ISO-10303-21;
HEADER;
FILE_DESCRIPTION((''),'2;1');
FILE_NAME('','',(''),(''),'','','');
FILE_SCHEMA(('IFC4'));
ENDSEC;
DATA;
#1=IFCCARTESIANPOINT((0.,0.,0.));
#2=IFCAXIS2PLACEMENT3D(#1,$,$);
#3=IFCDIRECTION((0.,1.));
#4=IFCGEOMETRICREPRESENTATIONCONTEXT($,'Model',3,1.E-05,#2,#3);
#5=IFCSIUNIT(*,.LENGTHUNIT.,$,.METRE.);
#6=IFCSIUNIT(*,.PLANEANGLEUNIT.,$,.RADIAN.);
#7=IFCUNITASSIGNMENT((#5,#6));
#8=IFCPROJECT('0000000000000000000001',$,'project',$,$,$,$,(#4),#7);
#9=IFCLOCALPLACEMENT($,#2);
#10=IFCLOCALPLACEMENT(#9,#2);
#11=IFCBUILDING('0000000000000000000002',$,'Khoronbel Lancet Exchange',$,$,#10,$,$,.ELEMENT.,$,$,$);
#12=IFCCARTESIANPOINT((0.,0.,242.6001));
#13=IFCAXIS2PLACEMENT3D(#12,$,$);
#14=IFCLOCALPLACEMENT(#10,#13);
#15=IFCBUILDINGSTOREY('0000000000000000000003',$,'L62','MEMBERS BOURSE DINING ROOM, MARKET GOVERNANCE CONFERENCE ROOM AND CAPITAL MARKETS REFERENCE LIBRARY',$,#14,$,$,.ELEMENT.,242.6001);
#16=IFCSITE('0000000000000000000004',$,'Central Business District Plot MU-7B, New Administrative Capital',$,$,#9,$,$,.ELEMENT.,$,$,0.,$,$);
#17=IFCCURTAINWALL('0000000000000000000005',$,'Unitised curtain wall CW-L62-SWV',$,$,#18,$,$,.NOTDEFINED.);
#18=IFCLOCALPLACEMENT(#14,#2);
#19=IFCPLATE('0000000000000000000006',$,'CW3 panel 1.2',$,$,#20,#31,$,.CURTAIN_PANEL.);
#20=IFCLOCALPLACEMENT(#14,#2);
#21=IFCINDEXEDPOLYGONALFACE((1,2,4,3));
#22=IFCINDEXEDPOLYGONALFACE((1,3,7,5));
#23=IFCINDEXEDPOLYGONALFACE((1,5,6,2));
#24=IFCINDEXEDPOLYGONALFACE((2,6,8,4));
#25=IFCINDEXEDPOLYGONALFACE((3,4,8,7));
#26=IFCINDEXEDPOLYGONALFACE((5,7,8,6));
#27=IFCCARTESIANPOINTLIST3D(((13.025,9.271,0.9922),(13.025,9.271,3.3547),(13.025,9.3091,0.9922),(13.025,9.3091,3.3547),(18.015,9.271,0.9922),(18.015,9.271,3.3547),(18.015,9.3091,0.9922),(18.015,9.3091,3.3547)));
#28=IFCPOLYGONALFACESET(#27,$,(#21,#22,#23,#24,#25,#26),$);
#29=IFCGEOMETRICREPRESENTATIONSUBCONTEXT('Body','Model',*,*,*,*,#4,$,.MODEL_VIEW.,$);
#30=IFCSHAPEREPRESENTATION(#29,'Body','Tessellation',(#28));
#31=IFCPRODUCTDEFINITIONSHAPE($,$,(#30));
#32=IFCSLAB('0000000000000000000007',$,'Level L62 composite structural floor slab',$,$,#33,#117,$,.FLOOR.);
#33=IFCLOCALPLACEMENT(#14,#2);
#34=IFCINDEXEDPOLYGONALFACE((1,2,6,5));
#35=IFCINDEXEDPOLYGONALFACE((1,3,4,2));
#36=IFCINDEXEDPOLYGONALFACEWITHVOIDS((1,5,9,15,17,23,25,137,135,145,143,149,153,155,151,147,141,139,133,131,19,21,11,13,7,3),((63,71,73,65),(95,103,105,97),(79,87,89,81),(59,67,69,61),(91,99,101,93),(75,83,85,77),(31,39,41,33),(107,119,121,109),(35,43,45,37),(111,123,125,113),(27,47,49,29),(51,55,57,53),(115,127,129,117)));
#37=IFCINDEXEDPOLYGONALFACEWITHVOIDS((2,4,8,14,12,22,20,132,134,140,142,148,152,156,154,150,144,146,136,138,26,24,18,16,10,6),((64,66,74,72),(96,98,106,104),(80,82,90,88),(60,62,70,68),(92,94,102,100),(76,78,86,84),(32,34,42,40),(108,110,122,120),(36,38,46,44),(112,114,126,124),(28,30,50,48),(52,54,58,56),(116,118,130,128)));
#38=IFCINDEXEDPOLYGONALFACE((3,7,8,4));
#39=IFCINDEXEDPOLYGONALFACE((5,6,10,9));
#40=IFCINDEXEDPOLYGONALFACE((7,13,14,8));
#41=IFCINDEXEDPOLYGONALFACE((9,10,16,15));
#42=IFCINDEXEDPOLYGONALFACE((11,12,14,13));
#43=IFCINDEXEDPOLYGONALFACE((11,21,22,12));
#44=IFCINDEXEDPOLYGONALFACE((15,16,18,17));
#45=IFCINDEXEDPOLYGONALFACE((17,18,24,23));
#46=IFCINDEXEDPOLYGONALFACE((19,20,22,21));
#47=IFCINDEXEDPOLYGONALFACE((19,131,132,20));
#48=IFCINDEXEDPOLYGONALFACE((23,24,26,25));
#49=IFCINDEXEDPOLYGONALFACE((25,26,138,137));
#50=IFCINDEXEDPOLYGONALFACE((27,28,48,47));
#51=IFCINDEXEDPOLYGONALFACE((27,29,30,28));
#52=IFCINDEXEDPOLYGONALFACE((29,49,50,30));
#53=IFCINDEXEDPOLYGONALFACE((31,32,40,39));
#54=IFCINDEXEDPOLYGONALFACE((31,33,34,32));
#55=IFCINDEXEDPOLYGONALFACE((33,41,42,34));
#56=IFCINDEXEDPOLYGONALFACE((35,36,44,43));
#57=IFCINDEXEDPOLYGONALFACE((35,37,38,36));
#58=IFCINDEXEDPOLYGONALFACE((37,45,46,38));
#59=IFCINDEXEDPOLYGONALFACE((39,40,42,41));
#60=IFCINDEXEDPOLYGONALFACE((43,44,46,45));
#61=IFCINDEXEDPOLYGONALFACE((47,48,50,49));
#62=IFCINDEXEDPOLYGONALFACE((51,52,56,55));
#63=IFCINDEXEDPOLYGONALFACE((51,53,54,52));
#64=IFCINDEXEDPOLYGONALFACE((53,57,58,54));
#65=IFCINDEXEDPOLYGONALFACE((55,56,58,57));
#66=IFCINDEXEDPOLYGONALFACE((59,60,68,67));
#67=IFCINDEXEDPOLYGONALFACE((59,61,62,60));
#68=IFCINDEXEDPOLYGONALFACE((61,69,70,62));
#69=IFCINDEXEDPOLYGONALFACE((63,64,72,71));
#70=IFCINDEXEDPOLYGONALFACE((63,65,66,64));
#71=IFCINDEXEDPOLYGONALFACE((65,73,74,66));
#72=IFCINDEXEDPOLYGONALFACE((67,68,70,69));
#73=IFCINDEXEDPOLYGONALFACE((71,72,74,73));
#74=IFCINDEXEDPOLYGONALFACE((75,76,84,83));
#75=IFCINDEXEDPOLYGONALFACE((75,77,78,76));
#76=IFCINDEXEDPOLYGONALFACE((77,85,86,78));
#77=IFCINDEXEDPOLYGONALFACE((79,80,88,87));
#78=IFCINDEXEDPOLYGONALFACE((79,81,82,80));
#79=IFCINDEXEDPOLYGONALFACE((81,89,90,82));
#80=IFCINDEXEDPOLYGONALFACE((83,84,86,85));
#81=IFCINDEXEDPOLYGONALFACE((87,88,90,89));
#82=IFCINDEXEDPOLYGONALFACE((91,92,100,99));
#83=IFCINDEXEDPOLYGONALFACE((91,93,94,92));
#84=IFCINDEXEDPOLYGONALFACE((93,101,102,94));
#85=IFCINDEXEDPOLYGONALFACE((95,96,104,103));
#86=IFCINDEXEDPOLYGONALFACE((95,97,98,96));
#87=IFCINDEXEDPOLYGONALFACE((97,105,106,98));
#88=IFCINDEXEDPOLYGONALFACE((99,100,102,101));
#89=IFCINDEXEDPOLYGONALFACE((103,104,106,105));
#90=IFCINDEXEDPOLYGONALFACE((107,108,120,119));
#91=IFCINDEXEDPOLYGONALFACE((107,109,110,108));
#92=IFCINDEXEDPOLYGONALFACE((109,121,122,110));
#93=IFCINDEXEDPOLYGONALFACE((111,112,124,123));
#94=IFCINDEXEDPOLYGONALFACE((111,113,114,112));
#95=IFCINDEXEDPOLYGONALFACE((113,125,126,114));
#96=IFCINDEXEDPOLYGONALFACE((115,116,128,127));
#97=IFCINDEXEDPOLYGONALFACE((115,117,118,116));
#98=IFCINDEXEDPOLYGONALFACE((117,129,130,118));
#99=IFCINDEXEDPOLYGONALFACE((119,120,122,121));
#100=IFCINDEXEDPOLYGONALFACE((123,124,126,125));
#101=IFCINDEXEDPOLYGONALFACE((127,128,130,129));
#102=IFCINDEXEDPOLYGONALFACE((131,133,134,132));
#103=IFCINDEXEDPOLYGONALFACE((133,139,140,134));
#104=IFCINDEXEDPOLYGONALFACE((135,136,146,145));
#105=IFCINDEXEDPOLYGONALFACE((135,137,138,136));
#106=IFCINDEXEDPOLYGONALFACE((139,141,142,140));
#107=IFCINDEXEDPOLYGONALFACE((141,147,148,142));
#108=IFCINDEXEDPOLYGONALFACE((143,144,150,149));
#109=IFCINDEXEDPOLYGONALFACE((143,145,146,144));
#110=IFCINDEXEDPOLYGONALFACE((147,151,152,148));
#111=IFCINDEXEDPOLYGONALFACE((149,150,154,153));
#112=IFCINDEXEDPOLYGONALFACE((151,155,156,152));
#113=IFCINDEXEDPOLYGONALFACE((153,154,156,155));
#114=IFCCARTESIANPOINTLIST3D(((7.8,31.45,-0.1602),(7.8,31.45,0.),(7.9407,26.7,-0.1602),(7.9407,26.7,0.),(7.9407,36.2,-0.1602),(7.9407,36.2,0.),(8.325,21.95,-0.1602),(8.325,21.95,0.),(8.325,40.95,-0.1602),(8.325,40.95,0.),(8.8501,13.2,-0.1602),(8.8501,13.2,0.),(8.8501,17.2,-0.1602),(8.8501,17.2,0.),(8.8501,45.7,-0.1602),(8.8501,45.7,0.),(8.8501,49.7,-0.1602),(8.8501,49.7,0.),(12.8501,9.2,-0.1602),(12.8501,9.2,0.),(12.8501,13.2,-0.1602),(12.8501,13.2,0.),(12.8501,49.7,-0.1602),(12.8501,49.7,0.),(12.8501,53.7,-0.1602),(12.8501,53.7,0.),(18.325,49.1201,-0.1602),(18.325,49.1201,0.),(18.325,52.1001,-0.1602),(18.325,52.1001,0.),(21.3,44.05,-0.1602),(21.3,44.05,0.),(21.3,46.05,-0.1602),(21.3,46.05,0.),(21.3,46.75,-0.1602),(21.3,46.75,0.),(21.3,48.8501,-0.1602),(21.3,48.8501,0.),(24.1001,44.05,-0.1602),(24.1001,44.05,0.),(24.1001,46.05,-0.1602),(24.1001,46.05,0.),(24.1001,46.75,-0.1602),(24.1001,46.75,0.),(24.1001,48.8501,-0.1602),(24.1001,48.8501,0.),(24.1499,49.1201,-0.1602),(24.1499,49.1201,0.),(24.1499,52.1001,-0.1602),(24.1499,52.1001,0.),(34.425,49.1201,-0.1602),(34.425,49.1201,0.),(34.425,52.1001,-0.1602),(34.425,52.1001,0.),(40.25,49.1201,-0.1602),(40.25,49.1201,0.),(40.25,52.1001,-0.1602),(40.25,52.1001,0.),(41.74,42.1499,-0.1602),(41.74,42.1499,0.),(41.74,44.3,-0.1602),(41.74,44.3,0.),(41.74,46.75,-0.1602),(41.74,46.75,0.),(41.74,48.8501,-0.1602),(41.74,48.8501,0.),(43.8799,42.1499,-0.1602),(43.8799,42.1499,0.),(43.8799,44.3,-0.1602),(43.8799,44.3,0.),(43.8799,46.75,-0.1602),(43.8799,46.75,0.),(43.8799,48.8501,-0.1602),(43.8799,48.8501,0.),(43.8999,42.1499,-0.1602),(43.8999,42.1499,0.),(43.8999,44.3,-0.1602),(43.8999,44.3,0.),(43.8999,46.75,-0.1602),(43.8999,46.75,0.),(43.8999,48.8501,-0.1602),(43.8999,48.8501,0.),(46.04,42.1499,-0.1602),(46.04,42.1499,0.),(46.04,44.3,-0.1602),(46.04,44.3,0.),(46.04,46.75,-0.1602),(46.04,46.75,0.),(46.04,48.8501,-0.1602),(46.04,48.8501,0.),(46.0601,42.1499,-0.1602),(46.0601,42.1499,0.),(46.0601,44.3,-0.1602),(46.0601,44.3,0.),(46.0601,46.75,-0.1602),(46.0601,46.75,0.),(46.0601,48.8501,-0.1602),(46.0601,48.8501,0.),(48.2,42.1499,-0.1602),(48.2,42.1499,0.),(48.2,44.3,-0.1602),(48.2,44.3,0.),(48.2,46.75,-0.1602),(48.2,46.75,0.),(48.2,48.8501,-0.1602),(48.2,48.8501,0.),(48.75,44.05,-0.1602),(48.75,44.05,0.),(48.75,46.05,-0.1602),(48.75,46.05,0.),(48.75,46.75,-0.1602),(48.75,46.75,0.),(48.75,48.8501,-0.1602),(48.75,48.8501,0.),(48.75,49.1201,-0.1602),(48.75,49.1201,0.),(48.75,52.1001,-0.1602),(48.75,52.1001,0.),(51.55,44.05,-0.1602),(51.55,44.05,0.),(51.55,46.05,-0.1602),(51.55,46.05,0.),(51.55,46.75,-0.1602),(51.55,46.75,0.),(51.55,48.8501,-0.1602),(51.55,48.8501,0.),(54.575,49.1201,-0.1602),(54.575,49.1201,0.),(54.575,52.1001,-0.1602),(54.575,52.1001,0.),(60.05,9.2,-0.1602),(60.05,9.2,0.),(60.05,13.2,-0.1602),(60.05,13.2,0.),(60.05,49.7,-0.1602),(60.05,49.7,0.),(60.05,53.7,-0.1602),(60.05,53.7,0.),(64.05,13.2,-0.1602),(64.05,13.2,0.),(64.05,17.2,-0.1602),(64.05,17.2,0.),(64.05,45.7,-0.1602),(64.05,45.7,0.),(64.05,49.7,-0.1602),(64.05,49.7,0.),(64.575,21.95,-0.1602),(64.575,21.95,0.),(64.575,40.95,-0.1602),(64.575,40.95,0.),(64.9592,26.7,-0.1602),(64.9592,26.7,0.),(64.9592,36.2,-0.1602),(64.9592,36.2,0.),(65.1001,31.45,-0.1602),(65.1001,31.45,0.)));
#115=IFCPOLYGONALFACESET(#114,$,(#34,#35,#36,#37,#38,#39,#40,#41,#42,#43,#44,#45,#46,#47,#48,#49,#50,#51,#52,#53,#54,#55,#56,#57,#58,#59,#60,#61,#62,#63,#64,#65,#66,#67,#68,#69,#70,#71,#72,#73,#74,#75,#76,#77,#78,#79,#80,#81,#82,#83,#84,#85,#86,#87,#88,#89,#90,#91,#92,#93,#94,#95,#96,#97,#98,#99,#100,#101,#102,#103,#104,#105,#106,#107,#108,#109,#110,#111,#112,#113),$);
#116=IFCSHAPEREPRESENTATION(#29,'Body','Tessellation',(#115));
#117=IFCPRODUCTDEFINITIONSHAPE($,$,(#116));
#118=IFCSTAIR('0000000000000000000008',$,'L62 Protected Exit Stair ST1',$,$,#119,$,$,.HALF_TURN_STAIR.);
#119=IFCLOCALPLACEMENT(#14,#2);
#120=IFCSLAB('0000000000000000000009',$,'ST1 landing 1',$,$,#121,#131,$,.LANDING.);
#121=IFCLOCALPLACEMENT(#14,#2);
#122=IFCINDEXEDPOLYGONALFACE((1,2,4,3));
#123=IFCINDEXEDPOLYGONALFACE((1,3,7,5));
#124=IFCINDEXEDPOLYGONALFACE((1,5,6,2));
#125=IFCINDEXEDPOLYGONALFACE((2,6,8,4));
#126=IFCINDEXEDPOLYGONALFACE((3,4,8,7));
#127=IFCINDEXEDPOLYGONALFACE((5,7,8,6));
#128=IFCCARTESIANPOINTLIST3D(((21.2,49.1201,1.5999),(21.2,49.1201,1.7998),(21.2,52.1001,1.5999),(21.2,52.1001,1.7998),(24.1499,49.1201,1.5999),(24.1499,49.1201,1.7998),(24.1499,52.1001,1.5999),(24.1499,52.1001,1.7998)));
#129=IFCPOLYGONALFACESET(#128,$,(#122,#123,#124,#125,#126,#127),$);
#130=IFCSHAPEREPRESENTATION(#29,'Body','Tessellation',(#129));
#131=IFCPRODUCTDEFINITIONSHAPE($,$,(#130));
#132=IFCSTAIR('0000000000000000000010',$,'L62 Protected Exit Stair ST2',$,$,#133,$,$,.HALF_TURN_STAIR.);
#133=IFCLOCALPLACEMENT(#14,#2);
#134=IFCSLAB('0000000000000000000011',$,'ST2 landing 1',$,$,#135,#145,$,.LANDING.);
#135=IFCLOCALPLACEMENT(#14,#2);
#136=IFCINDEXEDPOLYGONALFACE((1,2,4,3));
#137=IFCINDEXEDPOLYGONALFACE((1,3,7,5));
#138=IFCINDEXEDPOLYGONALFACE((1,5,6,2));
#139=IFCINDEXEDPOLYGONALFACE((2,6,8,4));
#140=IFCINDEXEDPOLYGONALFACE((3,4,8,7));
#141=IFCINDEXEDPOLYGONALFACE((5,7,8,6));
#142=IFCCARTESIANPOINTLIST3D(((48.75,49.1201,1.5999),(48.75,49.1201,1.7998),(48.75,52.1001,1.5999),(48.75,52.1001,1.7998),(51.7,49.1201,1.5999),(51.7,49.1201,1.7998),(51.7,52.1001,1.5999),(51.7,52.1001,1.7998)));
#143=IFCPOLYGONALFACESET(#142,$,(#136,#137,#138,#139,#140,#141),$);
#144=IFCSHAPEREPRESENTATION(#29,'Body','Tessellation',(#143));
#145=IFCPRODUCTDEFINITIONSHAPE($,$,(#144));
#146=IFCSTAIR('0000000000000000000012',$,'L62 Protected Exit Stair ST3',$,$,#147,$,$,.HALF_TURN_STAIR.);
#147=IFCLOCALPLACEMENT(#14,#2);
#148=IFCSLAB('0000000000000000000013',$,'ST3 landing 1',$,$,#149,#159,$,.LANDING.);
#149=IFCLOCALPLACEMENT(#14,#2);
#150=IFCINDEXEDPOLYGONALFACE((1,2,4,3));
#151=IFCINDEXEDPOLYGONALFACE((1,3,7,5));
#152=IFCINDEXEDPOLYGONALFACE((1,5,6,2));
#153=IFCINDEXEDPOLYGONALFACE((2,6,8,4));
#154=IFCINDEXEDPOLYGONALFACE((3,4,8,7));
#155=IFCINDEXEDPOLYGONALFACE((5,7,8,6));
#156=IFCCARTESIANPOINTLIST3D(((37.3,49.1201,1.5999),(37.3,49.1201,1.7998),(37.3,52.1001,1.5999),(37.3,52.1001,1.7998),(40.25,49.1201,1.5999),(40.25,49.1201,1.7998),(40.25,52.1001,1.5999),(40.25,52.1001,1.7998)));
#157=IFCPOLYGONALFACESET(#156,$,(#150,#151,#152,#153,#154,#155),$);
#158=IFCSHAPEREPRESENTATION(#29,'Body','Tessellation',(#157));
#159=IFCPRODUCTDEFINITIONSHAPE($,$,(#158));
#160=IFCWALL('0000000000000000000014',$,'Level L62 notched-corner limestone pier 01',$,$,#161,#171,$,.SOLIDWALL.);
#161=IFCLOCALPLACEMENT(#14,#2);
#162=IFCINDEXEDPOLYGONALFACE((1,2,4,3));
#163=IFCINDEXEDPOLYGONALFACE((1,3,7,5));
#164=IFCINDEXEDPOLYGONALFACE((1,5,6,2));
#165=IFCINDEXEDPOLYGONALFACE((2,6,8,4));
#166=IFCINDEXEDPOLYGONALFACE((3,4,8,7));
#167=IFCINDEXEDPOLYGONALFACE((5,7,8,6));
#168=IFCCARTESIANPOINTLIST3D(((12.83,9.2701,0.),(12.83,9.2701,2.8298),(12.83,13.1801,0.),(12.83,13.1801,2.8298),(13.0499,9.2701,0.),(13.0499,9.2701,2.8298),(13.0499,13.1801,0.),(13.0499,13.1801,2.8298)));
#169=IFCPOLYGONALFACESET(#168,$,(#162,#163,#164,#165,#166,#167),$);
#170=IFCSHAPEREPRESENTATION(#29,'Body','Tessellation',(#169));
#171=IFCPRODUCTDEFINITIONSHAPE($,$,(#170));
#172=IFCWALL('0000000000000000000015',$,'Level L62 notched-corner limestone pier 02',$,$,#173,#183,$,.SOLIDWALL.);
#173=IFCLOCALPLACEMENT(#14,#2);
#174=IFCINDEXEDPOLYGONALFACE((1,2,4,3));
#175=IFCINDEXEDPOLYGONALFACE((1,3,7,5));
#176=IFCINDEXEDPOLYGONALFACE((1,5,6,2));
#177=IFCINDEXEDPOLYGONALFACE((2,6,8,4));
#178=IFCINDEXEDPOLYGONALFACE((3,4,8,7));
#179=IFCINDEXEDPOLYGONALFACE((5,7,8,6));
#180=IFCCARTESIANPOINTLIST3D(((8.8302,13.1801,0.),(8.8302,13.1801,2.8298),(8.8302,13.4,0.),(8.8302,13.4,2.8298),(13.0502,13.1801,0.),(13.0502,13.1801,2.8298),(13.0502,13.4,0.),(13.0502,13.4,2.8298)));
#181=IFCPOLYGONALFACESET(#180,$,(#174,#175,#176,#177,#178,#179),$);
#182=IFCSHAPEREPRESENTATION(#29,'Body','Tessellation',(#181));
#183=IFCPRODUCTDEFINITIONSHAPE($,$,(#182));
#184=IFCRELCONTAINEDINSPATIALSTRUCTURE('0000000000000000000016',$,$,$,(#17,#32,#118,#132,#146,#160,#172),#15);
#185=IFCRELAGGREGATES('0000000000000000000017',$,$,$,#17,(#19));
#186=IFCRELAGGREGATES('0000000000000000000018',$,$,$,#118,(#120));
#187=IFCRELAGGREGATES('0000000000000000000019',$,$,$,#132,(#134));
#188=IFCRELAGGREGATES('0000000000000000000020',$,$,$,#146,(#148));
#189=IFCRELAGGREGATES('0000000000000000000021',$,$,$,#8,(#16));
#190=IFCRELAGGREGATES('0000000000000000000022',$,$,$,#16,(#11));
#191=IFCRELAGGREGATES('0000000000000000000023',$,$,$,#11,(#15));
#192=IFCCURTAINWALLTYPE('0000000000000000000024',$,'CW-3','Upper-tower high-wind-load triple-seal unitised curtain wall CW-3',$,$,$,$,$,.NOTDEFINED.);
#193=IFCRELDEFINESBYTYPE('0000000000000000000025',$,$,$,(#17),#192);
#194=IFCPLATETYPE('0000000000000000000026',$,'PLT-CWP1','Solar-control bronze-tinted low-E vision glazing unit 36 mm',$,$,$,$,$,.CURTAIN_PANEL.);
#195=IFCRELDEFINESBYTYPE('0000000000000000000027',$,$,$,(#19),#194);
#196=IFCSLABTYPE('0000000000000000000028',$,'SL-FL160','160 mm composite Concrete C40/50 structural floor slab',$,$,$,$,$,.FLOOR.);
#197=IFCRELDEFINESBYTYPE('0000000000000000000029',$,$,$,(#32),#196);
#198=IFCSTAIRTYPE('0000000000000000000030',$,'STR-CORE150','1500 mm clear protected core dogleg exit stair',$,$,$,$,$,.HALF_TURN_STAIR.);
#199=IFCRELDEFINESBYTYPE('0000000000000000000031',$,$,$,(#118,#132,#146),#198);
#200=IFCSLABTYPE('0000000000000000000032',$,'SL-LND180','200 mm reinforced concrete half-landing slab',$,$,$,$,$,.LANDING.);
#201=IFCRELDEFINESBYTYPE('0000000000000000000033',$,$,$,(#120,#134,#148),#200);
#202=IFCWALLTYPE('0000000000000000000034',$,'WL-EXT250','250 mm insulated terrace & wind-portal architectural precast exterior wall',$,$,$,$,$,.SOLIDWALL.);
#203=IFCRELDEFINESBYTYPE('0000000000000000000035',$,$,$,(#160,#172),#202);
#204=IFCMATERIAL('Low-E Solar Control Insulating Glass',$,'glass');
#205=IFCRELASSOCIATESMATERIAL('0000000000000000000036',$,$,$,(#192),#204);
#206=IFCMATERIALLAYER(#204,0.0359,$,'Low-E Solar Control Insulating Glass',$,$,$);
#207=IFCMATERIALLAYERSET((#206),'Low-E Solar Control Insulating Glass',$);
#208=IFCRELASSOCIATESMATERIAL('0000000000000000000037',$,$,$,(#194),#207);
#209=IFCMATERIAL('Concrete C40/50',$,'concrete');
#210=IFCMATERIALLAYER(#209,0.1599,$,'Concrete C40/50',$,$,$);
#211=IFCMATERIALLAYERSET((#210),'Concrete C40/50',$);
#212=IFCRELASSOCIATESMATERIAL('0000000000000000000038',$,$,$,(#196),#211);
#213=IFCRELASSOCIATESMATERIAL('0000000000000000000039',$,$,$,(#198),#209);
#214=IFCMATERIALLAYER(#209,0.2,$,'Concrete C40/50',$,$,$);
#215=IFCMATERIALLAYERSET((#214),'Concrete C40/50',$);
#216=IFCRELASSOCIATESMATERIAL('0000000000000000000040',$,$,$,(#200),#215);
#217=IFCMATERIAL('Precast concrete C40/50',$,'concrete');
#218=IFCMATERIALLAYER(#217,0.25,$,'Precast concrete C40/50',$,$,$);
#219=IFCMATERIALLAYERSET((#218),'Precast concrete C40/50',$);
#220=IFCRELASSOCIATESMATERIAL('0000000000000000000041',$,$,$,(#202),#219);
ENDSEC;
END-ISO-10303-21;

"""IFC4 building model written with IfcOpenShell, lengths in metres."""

from ifc_helpers import new_model, si_unit, direction, frame, frame_2d, origin, origin_2d, place, context, subcontext, project, spatial, polyline, rectangle, outline, extrude, material, layer, layer_set, type_object, element, aggregate, save


model = new_model("IFC4")

# Units and contexts
model_context = context("Model", 3, precision=1e-05, world=origin(), true_north=direction((0.0, 1.0)))
body_context = subcontext(model_context, "Body", "Model", "MODEL_VIEW")
ifc_project = project(units=[si_unit("LENGTHUNIT", "METRE"), si_unit("PLANEANGLEUNIT", "RADIAN")], contexts=[model_context])

# Site, building, storey
site_placement = place(None, origin())
site = spatial("IfcSite", under=ifc_project, at=site_placement, Name="Central Business District Plot MU-7B, New Administrative Capital", CompositionType="ELEMENT", RefElevation=0.0)
building_placement = place(site_placement, origin())
building = spatial("IfcBuilding", under=site, at=building_placement, Name="Khoronbel Lancet Exchange", CompositionType="ELEMENT")
storey_placement = place(building_placement, frame((0.0, 0.0, 242.6001)))
storey = spatial("IfcBuildingStorey", under=building, at=storey_placement, Name="L62", Description="MEMBERS BOURSE DINING ROOM, MARKET GOVERNANCE CONFERENCE ROOM AND CAPITAL MARKETS REFERENCE LIBRARY", CompositionType="ELEMENT", Elevation=242.6001)

# Curtain wall
ifc_material_1 = material(Name="Low-E Solar Control Insulating Glass", Category="glass")
curtain_wall_type = type_object("IfcCurtainWallType", Name="CW-3", Description="Upper-tower high-wind-load triple-seal unitised curtain wall CW-3", PredefinedType="NOTDEFINED", material=ifc_material_1)
curtain_wall_1_placement = place(storey_placement, origin())
curtain_wall_1 = element("IfcCurtainWall", 1, at=curtain_wall_1_placement, inside=storey, type_object=curtain_wall_type, Name="Unitised curtain wall CW-L62-SWV", PredefinedType="NOTDEFINED")

# Plate
ifc_layer_1 = layer(ifc_material_1, 0.0359, Name="Low-E Solar Control Insulating Glass")
ifc_layer_set_1 = layer_set([ifc_layer_1], Name="Low-E Solar Control Insulating Glass")
plate_type = type_object("IfcPlateType", Name="PLT-CWP1", Description="Solar-control bronze-tinted low-E vision glazing unit 36 mm", PredefinedType="CURTAIN_PANEL", material=ifc_layer_set_1)
plate_1_placement = place(storey_placement, frame((15.52, 9.29, 0.9922), z_axis=(0.0, 0.0, 1.0), x_axis=(1.0, 0.0, 0.0)))
plate_1 = element("IfcPlate", 2, at=plate_1_placement, type_object=plate_type, Name="CW3 panel 1.2", PredefinedType="CURTAIN_PANEL", context=body_context, shape_type="SweptSolid", body=[
    extrude(rectangle(XDim=4.99, YDim=0.0381, at=origin_2d()), origin(), (0.0, 0.0, 1.0), 2.3625),
])
aggregate(curtain_wall_1, [plate_1])

# Slab
ifc_material_2 = material(Name="Concrete C40/50", Category="concrete")
ifc_layer_2 = layer(ifc_material_2, 0.1599, Name="Concrete C40/50")
ifc_layer_set_2 = layer_set([ifc_layer_2], Name="Concrete C40/50")
slab_type_1 = type_object("IfcSlabType", Name="SL-FL160", Description="160 mm composite Concrete C40/50 structural floor slab", PredefinedType="FLOOR", material=ifc_layer_set_2)
slab_1_placement = place(storey_placement, frame((0.0, 0.0, -0.1602)))
element("IfcSlab", 3, at=slab_1_placement, inside=storey, type_object=slab_type_1, Name="Level L62 composite structural floor slab", PredefinedType="FLOOR", context=body_context, shape_type="SweptSolid", body=[
    extrude(outline(polyline([(12.8501, 9.2), (60.05, 9.2), (60.05, 13.2), (64.05, 13.2), (64.05, 17.2), (64.575, 21.95), (64.9592, 26.7), (65.1001, 31.45), (64.9592, 36.2), (64.575, 40.95), (64.05, 45.7), (64.05, 49.7), (60.05, 49.7), (60.05, 53.7), (12.8501, 53.7), (12.8501, 49.7), (8.8501, 49.7), (8.8501, 45.7), (8.325, 40.95), (7.9407, 36.2), (7.8, 31.45), (7.9407, 26.7), (8.325, 21.95), (8.8501, 17.2), (8.8501, 13.2), (12.8501, 13.2), (12.8501, 9.2)]), holes=[polyline([(18.325, 49.1201), (24.1499, 49.1201), (24.1499, 52.1001), (18.325, 52.1001), (18.325, 49.1201)]), polyline([(48.75, 49.1201), (54.575, 49.1201), (54.575, 52.1001), (48.75, 52.1001), (48.75, 49.1201)]), polyline([(34.425, 49.1201), (40.25, 49.1201), (40.25, 52.1001), (34.425, 52.1001), (34.425, 49.1201)]), polyline([(41.74, 46.75), (43.8799, 46.75), (43.8799, 48.8501), (41.74, 48.8501), (41.74, 46.75)]), polyline([(43.8999, 46.75), (46.04, 46.75), (46.04, 48.8501), (43.8999, 48.8501), (43.8999, 46.75)]), polyline([(46.0601, 46.75), (48.2, 46.75), (48.2, 48.8501), (46.0601, 48.8501), (46.0601, 46.75)]), polyline([(41.74, 42.1499), (43.8799, 42.1499), (43.8799, 44.3), (41.74, 44.3), (41.74, 42.1499)]), polyline([(43.8999, 42.1499), (46.04, 42.1499), (46.04, 44.3), (43.8999, 44.3), (43.8999, 42.1499)]), polyline([(46.0601, 42.1499), (48.2, 42.1499), (48.2, 44.3), (46.0601, 44.3), (46.0601, 42.1499)]), polyline([(21.3, 46.75), (24.1001, 46.75), (24.1001, 48.8501), (21.3, 48.8501), (21.3, 46.75)]), polyline([(48.75, 46.75), (51.55, 46.75), (51.55, 48.8501), (48.75, 48.8501), (48.75, 46.75)]), polyline([(21.3, 44.05), (24.1001, 44.05), (24.1001, 46.05), (21.3, 46.05), (21.3, 44.05)]), polyline([(48.75, 44.05), (51.55, 44.05), (51.55, 46.05), (48.75, 46.05), (48.75, 44.05)])]), origin(), (0.0, 0.0, 1.0), 0.1602),
])

# Stairs, slabs
stair_type = type_object("IfcStairType", Name="STR-CORE150", Description="1500 mm clear protected core dogleg exit stair", PredefinedType="HALF_TURN_STAIR", material=ifc_material_2)
stair_1_placement = place(storey_placement, origin())
stair_1 = element("IfcStair", 4, at=stair_1_placement, inside=storey, type_object=stair_type, Name="L62 Protected Exit Stair ST1", PredefinedType="HALF_TURN_STAIR")
ifc_layer_3 = layer(ifc_material_2, 0.2, Name="Concrete C40/50")
ifc_layer_set_3 = layer_set([ifc_layer_3], Name="Concrete C40/50")
slab_type_2 = type_object("IfcSlabType", Name="SL-LND180", Description="200 mm reinforced concrete half-landing slab", PredefinedType="LANDING", material=ifc_layer_set_3)
slab_2_placement = place(storey_placement, frame((0.0, 0.0, 1.5999)))
slab_2 = element("IfcSlab", 5, at=slab_2_placement, type_object=slab_type_2, Name="ST1 landing 1", PredefinedType="LANDING", context=body_context, shape_type="SweptSolid", body=[
    extrude(outline(polyline([(21.2, 49.1201), (24.1499, 49.1201), (24.1499, 52.1001), (21.2, 52.1001), (21.2, 49.1201)])), origin(), (0.0, 0.0, 1.0), 0.2),
])
aggregate(stair_1, [slab_2])
stair_2_placement = place(storey_placement, origin())
stair_2 = element("IfcStair", 6, at=stair_2_placement, inside=storey, type_object=stair_type, Name="L62 Protected Exit Stair ST2", PredefinedType="HALF_TURN_STAIR")
slab_3_placement = place(storey_placement, frame((0.0, 0.0, 1.5999)))
slab_3 = element("IfcSlab", 7, at=slab_3_placement, type_object=slab_type_2, Name="ST2 landing 1", PredefinedType="LANDING", context=body_context, shape_type="SweptSolid", body=[
    extrude(outline(polyline([(51.7, 52.1001), (48.75, 52.1001), (48.75, 49.1201), (51.7, 49.1201), (51.7, 52.1001)])), origin(), (0.0, 0.0, 1.0), 0.2),
])
aggregate(stair_2, [slab_3])
stair_3_placement = place(storey_placement, origin())
stair_3 = element("IfcStair", 8, at=stair_3_placement, inside=storey, type_object=stair_type, Name="L62 Protected Exit Stair ST3", PredefinedType="HALF_TURN_STAIR")
slab_4_placement = place(storey_placement, frame((0.0, 0.0, 1.5999)))
slab_4 = element("IfcSlab", 9, at=slab_4_placement, type_object=slab_type_2, Name="ST3 landing 1", PredefinedType="LANDING", context=body_context, shape_type="SweptSolid", body=[
    extrude(outline(polyline([(37.3, 49.1201), (40.25, 49.1201), (40.25, 52.1001), (37.3, 52.1001), (37.3, 49.1201)])), origin(), (0.0, 0.0, 1.0), 0.2),
])
aggregate(stair_3, [slab_4])

# Walls
ifc_material_3 = material(Name="Precast concrete C40/50", Category="concrete")
ifc_layer_4 = layer(ifc_material_3, 0.25, Name="Precast concrete C40/50")
ifc_layer_set_4 = layer_set([ifc_layer_4], Name="Precast concrete C40/50")
wall_type_1 = type_object("IfcWallType", Name="WL-EXT250", Description="250 mm insulated terrace & wind-portal architectural precast exterior wall", PredefinedType="SOLIDWALL", material=ifc_layer_set_4)
wall_1_placement = place(storey_placement, frame((12.9399, 9.27, 0.0), z_axis=(0.0, 0.0, 1.0), x_axis=(0.0, 1.0, 0.0)))
element("IfcWall", 10, at=wall_1_placement, inside=storey, type_object=wall_type_1, Name="Level L62 notched-corner limestone pier 01", PredefinedType="SOLIDWALL", context=body_context, shape_type="SweptSolid", body=[
    extrude(rectangle(XDim=3.9099, YDim=0.22, at=frame_2d((1.9551, 0.0))), origin(), (0.0, 0.0, 1.0), 2.8298),
])
wall_2_placement = place(storey_placement, frame((13.05, 13.29, 0.0), z_axis=(0.0, 0.0, 1.0), x_axis=(-1.0, 0.0, 0.0)))
element("IfcWall", 11, at=wall_2_placement, inside=storey, type_object=wall_type_1, Name="Level L62 notched-corner limestone pier 02", PredefinedType="SOLIDWALL", context=body_context, shape_type="SweptSolid", body=[
    extrude(rectangle(XDim=4.22, YDim=0.22, at=frame_2d((2.1099, 0.0))), origin(), (0.0, 0.0, 1.0), 2.8298),
])

save(model, "model.ifc")
